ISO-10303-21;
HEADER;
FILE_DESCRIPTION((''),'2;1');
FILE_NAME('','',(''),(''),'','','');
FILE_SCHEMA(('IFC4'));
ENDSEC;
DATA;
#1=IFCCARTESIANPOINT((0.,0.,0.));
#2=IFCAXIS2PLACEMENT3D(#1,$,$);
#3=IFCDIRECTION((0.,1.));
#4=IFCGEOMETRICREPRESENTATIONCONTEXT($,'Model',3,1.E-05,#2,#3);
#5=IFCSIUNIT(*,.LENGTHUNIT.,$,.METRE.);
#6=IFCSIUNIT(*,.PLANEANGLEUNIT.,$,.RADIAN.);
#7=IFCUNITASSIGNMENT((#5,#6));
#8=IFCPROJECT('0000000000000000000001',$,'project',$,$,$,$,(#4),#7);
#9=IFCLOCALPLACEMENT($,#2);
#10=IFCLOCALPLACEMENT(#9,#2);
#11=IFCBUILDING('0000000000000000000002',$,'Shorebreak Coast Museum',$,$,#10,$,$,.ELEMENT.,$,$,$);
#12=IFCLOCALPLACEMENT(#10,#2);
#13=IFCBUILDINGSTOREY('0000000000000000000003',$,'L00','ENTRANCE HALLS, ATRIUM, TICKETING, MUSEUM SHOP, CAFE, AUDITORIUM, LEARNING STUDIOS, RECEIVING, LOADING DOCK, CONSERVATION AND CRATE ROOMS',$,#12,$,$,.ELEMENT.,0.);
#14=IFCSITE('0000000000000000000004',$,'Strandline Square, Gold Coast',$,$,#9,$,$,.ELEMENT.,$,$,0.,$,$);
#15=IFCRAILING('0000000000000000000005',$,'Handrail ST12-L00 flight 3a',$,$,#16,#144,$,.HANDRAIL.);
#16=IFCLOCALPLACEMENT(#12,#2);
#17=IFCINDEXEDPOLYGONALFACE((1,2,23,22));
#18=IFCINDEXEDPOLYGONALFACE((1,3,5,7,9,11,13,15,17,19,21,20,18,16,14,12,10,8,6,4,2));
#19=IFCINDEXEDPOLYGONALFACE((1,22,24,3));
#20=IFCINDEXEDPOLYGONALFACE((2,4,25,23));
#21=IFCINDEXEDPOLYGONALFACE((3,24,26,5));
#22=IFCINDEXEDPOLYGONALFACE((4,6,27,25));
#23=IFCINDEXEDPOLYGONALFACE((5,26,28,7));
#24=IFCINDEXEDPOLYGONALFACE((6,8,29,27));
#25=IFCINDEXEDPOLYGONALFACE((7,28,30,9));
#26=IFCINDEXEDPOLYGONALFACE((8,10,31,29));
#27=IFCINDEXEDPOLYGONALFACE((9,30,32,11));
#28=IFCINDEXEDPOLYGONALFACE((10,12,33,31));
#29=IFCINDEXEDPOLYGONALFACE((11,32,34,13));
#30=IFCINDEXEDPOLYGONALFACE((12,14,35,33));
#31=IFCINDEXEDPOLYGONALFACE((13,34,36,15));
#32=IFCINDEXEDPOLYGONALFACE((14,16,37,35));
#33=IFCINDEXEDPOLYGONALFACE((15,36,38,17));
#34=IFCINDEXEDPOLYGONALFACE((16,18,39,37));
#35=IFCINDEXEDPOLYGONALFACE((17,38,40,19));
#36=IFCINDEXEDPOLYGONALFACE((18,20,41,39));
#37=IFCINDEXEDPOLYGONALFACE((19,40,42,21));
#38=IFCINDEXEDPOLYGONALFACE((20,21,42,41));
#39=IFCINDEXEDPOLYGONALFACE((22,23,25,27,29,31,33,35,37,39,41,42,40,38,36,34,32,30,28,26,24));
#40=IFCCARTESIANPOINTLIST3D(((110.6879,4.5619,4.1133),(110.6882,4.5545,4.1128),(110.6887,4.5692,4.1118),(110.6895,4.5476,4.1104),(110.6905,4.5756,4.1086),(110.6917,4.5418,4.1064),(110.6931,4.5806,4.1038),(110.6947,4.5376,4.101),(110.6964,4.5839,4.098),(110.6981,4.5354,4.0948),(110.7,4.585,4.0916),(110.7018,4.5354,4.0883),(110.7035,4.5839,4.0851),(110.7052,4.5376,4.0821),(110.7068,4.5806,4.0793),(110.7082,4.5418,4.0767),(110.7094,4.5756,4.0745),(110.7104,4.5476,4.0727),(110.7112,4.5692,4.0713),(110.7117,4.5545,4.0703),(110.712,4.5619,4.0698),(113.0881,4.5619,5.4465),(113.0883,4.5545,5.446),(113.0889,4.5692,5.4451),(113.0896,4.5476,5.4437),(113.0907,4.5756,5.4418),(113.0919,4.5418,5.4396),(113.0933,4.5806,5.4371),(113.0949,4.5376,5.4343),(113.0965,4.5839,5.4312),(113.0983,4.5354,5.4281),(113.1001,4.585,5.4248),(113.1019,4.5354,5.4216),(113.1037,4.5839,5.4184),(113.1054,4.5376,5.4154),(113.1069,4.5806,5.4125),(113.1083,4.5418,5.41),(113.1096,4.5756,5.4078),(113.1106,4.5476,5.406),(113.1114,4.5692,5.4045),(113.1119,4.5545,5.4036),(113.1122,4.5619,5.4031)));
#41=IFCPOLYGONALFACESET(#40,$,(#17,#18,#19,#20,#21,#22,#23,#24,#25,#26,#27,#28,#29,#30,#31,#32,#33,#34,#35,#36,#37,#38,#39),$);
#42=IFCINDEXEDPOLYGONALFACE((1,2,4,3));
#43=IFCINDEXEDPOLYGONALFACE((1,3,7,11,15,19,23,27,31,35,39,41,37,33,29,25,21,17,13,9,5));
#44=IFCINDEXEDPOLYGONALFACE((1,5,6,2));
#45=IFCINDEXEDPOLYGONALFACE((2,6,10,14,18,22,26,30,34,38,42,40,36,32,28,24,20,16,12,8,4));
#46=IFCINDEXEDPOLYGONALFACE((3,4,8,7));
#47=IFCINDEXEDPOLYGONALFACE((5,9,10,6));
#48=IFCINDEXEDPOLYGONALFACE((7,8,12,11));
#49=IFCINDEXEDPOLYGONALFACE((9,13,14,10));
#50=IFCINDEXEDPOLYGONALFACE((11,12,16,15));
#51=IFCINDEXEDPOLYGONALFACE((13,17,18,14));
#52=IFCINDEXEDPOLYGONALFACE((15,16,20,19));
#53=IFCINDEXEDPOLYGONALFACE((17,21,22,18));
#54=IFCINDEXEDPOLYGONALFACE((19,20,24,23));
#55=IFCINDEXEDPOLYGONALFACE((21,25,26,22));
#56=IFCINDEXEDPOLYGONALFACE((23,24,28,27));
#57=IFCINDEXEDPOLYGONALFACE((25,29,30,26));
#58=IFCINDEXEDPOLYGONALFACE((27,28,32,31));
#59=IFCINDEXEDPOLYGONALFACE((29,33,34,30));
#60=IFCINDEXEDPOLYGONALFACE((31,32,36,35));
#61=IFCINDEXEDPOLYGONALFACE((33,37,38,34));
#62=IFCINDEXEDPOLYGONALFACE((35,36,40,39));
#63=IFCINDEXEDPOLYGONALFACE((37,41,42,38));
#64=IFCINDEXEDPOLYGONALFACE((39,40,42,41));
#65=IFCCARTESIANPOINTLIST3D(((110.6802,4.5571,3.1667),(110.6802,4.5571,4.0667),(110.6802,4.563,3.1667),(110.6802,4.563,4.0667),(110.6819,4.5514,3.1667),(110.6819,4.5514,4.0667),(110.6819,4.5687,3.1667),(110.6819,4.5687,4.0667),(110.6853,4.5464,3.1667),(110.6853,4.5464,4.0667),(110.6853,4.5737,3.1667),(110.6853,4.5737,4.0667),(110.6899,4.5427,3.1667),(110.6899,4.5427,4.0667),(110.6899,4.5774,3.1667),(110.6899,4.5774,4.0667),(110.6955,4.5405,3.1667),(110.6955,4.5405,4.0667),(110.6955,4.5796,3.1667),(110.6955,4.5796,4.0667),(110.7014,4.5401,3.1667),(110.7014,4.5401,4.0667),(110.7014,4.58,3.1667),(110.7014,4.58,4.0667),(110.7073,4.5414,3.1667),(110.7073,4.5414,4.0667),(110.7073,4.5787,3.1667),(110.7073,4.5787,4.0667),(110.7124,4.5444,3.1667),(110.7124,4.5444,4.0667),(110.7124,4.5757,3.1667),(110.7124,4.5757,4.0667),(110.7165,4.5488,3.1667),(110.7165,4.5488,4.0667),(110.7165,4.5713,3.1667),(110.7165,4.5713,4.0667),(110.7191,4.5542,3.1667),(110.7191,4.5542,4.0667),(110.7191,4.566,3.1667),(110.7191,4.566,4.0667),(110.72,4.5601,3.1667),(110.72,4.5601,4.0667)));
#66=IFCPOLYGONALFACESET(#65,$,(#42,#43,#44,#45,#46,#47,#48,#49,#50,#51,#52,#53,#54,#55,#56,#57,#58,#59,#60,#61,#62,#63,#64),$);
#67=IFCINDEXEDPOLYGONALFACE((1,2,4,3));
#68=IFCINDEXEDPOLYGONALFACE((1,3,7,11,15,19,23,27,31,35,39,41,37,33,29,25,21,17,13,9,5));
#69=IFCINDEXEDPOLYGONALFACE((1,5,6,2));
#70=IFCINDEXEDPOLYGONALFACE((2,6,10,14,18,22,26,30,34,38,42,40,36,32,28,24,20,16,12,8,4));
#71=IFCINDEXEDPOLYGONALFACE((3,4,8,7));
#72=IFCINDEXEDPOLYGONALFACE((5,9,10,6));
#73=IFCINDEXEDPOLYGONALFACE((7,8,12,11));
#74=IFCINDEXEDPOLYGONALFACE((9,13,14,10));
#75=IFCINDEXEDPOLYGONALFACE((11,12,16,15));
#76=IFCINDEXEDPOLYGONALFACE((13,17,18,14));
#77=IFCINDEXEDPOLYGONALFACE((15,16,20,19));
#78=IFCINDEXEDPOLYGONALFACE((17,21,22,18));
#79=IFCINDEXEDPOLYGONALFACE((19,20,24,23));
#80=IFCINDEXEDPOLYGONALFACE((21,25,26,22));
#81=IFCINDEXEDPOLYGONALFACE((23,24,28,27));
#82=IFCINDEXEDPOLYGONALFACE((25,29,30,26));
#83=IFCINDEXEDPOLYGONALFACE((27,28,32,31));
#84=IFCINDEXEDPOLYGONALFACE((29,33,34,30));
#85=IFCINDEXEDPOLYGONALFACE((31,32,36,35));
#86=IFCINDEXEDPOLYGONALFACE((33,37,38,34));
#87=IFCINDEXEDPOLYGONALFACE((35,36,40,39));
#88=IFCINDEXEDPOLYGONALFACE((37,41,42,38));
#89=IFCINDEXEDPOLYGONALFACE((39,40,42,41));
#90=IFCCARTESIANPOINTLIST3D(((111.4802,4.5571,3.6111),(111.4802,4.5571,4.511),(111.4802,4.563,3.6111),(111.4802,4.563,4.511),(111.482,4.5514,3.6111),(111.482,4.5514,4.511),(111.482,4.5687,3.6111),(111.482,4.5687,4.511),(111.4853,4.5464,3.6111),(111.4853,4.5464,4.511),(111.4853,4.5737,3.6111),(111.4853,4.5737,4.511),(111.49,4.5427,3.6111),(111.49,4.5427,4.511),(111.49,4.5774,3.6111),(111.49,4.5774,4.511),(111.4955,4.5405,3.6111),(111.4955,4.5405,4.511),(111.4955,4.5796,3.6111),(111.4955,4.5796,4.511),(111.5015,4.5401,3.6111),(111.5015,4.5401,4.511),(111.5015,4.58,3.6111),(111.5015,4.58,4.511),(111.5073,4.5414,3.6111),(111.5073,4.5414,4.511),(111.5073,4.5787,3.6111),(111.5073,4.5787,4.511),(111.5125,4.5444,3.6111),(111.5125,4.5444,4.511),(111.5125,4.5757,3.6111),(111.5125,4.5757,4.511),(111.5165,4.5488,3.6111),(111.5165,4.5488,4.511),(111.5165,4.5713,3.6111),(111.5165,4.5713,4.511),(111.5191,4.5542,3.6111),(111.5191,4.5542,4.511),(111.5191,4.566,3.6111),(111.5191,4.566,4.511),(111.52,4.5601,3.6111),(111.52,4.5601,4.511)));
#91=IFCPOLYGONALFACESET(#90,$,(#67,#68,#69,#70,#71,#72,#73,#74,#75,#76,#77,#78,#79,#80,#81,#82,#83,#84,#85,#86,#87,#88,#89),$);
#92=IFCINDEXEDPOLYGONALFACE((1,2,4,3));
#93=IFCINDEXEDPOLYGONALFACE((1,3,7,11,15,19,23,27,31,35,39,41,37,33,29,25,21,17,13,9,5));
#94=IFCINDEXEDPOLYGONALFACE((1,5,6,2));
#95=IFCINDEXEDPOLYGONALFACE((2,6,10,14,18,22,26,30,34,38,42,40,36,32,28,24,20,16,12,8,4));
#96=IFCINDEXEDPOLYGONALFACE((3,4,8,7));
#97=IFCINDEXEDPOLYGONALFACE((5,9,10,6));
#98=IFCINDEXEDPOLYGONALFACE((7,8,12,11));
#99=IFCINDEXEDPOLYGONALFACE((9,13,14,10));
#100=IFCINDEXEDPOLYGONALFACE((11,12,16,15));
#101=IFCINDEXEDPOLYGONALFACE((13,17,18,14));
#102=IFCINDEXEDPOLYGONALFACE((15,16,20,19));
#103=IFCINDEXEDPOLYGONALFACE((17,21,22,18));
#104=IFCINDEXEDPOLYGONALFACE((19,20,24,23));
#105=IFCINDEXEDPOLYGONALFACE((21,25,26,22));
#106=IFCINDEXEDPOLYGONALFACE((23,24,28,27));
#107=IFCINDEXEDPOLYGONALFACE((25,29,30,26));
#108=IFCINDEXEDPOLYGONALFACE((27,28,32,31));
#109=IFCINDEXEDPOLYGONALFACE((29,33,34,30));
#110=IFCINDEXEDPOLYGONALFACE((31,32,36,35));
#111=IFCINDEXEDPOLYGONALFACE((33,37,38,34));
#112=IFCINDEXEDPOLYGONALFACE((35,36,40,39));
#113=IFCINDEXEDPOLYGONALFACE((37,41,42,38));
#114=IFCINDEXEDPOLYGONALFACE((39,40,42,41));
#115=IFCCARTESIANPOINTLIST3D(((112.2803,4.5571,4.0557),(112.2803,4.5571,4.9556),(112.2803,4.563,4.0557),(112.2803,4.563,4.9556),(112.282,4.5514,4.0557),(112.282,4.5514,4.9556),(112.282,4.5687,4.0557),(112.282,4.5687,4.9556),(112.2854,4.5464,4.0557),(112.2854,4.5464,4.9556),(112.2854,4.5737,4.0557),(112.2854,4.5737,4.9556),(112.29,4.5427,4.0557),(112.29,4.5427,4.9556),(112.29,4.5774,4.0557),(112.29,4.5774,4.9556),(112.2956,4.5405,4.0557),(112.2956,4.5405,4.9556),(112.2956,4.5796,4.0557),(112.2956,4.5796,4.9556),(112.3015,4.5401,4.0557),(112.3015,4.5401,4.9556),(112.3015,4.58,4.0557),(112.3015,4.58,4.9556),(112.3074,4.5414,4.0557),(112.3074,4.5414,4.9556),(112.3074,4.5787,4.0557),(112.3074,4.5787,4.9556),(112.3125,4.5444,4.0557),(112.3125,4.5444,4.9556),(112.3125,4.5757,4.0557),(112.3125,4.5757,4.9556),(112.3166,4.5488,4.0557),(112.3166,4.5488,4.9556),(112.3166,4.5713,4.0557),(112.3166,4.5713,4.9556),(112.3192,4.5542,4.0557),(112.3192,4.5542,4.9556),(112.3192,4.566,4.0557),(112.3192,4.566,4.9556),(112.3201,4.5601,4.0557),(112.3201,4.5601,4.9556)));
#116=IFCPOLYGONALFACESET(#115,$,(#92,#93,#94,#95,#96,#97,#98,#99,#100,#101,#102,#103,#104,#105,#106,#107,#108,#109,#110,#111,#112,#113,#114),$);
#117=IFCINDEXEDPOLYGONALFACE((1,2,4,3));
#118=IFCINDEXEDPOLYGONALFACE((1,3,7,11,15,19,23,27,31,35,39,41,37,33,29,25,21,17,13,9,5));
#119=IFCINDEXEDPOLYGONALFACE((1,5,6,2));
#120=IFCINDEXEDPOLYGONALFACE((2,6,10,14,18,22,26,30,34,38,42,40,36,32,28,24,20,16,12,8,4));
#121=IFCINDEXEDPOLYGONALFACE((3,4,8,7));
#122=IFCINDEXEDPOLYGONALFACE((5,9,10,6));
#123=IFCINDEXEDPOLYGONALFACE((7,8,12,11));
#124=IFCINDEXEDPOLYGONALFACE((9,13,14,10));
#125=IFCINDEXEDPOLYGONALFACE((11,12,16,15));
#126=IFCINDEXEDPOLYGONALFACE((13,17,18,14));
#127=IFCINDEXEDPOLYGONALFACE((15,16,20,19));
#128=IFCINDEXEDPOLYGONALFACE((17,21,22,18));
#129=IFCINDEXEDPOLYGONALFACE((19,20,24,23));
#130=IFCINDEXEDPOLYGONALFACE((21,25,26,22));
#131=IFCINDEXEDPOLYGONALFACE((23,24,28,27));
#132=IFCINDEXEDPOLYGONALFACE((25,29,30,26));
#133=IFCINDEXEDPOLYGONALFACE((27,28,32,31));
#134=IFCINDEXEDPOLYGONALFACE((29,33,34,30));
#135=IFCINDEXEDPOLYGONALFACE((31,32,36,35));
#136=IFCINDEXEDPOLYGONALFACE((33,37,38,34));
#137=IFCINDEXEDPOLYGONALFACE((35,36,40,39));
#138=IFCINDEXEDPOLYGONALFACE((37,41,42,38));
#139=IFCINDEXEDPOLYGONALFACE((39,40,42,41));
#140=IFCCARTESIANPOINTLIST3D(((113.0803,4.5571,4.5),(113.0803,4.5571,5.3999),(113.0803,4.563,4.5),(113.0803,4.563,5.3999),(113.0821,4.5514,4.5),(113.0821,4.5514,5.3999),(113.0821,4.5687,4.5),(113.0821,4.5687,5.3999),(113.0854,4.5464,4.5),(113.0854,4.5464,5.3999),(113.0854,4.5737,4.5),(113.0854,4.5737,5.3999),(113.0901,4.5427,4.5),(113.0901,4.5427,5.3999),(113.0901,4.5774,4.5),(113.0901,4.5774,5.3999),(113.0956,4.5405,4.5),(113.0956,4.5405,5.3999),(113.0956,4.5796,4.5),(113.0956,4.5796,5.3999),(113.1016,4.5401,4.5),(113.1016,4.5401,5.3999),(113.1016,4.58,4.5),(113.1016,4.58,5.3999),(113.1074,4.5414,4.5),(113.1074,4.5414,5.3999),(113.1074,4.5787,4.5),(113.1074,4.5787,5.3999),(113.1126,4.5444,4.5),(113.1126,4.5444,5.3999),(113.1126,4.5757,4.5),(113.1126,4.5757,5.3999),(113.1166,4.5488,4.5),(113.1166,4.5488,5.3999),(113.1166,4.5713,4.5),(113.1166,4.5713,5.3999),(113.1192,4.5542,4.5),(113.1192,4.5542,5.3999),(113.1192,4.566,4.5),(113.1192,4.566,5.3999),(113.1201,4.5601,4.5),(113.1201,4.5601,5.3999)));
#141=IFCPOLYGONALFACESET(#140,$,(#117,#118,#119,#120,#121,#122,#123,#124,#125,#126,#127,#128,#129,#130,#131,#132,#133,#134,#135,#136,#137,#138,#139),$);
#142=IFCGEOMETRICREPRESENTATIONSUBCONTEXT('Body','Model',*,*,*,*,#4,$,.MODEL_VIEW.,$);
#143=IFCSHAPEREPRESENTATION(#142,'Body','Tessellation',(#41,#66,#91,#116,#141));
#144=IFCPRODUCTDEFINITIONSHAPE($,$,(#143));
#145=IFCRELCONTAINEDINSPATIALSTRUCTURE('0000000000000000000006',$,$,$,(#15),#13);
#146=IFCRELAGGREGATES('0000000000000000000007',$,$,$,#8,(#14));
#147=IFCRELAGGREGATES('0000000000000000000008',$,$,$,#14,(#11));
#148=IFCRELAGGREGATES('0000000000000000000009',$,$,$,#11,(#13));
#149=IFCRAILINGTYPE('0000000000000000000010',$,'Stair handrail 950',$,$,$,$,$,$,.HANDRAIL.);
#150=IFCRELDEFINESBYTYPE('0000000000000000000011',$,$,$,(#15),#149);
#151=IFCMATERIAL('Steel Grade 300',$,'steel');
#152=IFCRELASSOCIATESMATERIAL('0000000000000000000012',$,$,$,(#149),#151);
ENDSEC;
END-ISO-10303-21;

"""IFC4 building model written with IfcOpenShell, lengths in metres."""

from ifc_helpers import new_model, si_unit, direction, frame, origin, origin_2d, place, context, subcontext, project, spatial, circle, extrude, material, type_object, element, save


model = new_model("IFC4")

# Units and contexts
model_context = context("Model", 3, precision=1e-05, world=origin(), true_north=direction((0.0, 1.0)))
body_context = subcontext(model_context, "Body", "Model", "MODEL_VIEW")
ifc_project = project(units=[si_unit("LENGTHUNIT", "METRE"), si_unit("PLANEANGLEUNIT", "RADIAN")], contexts=[model_context])

# Site, building, storey
site_placement = place(None, origin())
site = spatial("IfcSite", under=ifc_project, at=site_placement, Name="Strandline Square, Gold Coast", CompositionType="ELEMENT", RefElevation=0.0)
building_placement = place(site_placement, origin())
building = spatial("IfcBuilding", under=site, at=building_placement, Name="Shorebreak Coast Museum", CompositionType="ELEMENT")
storey_placement = place(building_placement, origin())
storey = spatial("IfcBuildingStorey", under=building, at=storey_placement, Name="L00", Description="ENTRANCE HALLS, ATRIUM, TICKETING, MUSEUM SHOP, CAFE, AUDITORIUM, LEARNING STUDIOS, RECEIVING, LOADING DOCK, CONSERVATION AND CRATE ROOMS", CompositionType="ELEMENT", Elevation=0.0)

# Railing
ifc_material_1 = material(Name="Steel Grade 300", Category="steel")
railing_type_1 = type_object("IfcRailingType", Name="Stair handrail 950", PredefinedType="HANDRAIL", material=ifc_material_1)
for number, where, name in (
    (1, (110.7, 4.5601, 3.1667), "Handrail ST12-L00 flight 3a"),
):
    element("IfcRailing", number, at=place(storey_placement, frame(where)), inside=storey, type_object=railing_type_1, Name=name, PredefinedType="HANDRAIL", context=body_context, shape_type="SweptSolid", body=[
        extrude(circle(Radius=0.0249, at=origin_2d()), frame((0.0, 0.0, 0.9248), z_axis=(0.874182, 0.0, 0.485598), x_axis=(0.0, 1.0, 0.0)), (0.0, 0.0, 1.0), 2.7456),
        extrude(circle(Radius=0.02, at=origin_2d()), origin(), (0.0, 0.0, 1.0), 0.8999),
        extrude(circle(Radius=0.02, at=origin_2d()), frame((0.8, 0.0, 0.4443)), (0.0, 0.0, 1.0), 0.8999),
        extrude(circle(Radius=0.02, at=origin_2d()), frame((1.6001, 0.0, 0.8889)), (0.0, 0.0, 1.0), 0.8999),
        extrude(circle(Radius=0.02, at=origin_2d()), frame((2.4001, 0.0, 1.3333)), (0.0, 0.0, 1.0), 0.8999),
    ])

save(model, "model.ifc")
